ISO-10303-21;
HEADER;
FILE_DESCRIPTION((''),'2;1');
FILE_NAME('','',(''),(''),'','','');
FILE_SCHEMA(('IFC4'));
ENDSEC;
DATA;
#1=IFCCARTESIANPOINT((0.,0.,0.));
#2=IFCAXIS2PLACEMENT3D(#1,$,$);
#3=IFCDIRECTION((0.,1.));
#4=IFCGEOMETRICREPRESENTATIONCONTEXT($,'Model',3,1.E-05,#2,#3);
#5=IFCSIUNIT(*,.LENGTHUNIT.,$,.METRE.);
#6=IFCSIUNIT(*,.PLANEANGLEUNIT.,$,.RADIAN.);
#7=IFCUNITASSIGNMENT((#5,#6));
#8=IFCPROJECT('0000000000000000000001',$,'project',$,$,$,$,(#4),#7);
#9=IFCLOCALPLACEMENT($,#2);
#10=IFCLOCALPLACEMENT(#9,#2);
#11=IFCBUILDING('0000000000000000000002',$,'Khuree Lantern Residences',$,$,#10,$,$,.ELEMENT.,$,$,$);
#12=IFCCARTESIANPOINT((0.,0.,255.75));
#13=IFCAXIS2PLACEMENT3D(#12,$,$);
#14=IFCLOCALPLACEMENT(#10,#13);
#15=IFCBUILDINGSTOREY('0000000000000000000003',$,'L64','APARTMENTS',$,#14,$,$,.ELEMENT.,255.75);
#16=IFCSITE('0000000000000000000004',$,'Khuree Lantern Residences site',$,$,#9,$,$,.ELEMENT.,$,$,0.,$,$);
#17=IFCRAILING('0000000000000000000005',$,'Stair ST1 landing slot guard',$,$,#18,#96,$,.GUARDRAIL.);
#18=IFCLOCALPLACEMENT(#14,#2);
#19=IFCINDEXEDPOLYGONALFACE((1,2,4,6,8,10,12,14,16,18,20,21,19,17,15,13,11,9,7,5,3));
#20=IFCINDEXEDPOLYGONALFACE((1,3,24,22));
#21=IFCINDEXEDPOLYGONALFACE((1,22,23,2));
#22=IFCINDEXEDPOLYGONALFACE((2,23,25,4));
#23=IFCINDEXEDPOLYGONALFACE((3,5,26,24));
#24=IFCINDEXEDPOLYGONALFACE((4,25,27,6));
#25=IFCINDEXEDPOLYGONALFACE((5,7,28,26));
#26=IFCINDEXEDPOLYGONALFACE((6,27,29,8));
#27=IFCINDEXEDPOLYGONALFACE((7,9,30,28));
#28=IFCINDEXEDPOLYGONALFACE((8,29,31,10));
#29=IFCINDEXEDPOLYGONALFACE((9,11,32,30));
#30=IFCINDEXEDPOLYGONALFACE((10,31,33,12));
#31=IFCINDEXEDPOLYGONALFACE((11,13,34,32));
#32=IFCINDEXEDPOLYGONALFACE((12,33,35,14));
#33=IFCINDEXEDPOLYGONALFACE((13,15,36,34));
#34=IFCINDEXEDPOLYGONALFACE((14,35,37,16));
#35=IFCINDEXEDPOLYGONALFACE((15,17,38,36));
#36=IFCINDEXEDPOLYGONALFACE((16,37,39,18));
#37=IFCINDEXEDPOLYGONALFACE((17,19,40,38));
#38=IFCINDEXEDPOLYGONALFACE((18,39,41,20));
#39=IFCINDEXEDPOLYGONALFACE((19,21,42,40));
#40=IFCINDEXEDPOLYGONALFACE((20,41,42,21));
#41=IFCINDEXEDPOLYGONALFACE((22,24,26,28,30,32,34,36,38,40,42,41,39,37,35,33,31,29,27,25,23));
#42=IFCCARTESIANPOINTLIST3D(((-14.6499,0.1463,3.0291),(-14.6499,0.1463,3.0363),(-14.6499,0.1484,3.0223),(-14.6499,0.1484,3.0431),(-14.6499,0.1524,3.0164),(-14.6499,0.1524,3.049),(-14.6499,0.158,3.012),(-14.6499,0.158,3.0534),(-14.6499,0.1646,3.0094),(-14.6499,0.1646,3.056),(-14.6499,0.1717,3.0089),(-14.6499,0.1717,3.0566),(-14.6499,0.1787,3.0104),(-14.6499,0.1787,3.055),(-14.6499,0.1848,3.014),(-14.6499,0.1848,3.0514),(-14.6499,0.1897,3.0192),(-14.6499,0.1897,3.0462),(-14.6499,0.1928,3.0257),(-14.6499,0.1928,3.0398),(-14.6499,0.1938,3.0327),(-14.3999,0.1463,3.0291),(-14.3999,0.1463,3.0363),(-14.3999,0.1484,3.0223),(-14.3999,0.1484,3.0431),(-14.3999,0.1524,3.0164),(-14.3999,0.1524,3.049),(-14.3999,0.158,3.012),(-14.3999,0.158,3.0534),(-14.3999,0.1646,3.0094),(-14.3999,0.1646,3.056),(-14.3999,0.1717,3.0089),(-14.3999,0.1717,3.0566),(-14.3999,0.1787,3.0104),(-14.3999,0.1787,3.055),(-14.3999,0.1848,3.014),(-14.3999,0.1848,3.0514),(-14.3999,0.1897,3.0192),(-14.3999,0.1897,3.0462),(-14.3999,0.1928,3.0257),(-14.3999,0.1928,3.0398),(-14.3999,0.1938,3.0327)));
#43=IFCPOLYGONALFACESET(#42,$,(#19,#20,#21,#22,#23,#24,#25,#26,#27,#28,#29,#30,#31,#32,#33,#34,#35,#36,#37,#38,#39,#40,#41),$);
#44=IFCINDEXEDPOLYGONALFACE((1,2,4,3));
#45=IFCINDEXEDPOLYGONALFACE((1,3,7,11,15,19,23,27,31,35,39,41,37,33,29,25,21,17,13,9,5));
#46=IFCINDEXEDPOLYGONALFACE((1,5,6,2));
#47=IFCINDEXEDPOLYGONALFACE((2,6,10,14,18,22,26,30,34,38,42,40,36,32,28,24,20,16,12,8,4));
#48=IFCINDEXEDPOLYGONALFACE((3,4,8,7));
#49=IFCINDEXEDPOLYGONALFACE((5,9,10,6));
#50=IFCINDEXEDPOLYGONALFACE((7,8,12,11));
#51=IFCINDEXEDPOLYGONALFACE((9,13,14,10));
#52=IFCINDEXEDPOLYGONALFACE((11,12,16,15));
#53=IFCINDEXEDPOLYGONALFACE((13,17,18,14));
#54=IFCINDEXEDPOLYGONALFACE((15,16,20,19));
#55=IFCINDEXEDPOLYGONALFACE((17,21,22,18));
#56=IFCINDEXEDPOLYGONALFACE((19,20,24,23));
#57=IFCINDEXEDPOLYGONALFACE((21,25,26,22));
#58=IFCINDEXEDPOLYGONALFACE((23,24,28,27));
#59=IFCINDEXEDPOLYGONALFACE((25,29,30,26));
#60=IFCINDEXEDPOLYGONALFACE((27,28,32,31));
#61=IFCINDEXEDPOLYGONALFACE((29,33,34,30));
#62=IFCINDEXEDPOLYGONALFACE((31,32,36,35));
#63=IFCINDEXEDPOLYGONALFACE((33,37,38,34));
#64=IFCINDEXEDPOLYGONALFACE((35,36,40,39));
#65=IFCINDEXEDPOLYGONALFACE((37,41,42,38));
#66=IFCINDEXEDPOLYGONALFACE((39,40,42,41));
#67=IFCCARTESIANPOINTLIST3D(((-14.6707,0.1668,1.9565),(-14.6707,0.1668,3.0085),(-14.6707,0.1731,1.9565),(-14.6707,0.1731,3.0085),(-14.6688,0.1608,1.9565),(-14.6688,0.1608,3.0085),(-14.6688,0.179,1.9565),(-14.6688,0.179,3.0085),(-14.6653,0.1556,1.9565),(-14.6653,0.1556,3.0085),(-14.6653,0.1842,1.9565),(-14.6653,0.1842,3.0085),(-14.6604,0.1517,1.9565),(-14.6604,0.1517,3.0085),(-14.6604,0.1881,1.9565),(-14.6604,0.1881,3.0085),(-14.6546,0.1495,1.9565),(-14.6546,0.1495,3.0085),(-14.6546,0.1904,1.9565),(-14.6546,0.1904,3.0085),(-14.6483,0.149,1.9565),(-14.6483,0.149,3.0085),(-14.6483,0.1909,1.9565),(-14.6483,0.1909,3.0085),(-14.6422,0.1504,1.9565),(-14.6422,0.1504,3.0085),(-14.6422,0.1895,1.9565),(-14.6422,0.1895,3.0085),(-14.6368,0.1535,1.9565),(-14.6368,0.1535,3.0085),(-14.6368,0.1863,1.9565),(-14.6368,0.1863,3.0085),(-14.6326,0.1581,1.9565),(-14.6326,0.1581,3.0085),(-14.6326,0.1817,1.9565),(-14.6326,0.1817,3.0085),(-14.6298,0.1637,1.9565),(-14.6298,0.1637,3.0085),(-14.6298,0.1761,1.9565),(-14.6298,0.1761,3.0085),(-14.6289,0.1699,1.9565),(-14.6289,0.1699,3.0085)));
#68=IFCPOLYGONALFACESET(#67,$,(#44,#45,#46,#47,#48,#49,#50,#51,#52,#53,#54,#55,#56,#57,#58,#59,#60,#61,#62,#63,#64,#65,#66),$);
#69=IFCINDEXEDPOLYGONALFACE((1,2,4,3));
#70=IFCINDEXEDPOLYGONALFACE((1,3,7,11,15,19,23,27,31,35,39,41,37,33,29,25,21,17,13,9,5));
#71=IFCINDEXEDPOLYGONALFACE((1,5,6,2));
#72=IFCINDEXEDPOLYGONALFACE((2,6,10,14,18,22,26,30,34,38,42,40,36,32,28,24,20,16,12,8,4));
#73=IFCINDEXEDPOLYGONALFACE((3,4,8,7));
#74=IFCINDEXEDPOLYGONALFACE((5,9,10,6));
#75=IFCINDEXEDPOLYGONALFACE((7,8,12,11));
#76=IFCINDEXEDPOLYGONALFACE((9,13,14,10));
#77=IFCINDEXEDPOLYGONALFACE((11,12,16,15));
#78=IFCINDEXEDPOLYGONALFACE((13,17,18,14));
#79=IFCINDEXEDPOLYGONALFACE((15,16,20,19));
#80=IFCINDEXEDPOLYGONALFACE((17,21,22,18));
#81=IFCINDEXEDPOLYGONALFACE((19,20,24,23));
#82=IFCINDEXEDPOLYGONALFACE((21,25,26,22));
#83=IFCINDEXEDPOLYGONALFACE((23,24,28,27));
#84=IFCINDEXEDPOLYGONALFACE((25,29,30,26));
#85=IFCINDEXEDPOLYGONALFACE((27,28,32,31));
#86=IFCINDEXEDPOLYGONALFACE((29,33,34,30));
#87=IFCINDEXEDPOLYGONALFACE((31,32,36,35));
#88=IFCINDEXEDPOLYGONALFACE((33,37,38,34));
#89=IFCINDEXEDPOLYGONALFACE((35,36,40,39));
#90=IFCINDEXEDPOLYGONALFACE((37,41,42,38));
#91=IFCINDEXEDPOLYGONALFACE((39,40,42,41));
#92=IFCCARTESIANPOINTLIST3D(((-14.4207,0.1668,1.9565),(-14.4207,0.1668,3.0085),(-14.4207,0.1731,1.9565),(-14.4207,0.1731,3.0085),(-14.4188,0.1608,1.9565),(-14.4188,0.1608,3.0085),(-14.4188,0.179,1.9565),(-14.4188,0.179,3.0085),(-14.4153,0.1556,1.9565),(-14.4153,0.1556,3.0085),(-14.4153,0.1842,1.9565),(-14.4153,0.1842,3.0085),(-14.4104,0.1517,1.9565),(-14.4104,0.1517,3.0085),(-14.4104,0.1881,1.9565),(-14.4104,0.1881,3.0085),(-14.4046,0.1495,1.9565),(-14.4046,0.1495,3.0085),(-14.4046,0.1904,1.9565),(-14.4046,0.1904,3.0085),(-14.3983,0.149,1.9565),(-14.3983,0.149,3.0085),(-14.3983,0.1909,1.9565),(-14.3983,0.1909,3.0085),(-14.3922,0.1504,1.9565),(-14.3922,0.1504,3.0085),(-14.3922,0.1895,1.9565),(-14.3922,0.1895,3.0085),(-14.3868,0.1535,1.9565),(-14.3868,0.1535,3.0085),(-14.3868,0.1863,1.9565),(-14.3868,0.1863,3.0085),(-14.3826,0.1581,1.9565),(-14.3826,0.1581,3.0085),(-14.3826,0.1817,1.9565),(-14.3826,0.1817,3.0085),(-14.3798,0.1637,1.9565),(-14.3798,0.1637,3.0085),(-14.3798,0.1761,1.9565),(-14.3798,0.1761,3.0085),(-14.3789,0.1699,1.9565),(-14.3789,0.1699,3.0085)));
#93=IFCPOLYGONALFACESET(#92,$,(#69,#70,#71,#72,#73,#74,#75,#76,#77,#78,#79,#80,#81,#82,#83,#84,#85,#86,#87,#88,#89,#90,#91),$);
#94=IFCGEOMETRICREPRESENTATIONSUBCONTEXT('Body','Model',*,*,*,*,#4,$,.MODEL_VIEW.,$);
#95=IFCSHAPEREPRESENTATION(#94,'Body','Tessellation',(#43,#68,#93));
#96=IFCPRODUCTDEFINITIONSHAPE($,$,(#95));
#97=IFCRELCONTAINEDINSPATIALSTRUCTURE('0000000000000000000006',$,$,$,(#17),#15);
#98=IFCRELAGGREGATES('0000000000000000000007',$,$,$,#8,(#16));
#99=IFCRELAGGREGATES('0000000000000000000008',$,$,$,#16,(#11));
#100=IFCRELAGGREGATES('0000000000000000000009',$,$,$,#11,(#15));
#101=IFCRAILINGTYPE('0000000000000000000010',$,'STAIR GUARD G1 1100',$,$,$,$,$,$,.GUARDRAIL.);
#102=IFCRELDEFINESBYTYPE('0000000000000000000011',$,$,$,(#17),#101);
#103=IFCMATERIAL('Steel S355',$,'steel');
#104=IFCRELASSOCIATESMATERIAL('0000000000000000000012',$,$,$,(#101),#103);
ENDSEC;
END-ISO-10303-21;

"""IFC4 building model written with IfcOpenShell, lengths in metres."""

from ifc_helpers import new_model, si_unit, direction, frame, origin, origin_2d, place, context, subcontext, project, spatial, circle, extrude, material, type_object, element, save


model = new_model("IFC4")

# Units and contexts
model_context = context("Model", 3, precision=1e-05, world=origin(), true_north=direction((0.0, 1.0)))
body_context = subcontext(model_context, "Body", "Model", "MODEL_VIEW")
ifc_project = project(units=[si_unit("LENGTHUNIT", "METRE"), si_unit("PLANEANGLEUNIT", "RADIAN")], contexts=[model_context])

# Site, building, storey
site_placement = place(None, origin())
site = spatial("IfcSite", under=ifc_project, at=site_placement, Name="Khuree Lantern Residences site", CompositionType="ELEMENT", RefElevation=0.0)
building_placement = place(site_placement, origin())
building = spatial("IfcBuilding", under=site, at=building_placement, Name="Khuree Lantern Residences", CompositionType="ELEMENT")
storey_placement = place(building_placement, frame((0.0, 0.0, 255.75)))
storey = spatial("IfcBuildingStorey", under=building, at=storey_placement, Name="L64", Description="APARTMENTS", CompositionType="ELEMENT", Elevation=255.75)

# Railing
ifc_material_1 = material(Name="Steel S355", Category="steel")
railing_type = type_object("IfcRailingType", Name="STAIR GUARD G1 1100", PredefinedType="GUARDRAIL", material=ifc_material_1)
railing_placement = place(storey_placement, frame((-14.6499, 0.1699, 1.9565)))
element("IfcRailing", 1, at=railing_placement, inside=storey, type_object=railing_type, Name="Stair ST1 landing slot guard", PredefinedType="GUARDRAIL", context=body_context, shape_type="SweptSolid", body=[
    extrude(circle(Radius=0.0239, at=origin_2d()), frame((0.0, 0.0, 1.0762), z_axis=(1.0, 0.0, 0.0), x_axis=(0.0, 1.0, 0.0)), (0.0, 0.0, 1.0), 0.25),
    extrude(circle(Radius=0.021, at=origin_2d()), origin(), (0.0, 0.0, 1.0), 1.052),
    extrude(circle(Radius=0.021, at=origin_2d()), frame((0.25, 0.0, 0.0)), (0.0, 0.0, 1.0), 1.052),
])

save(model, "model.ifc")
